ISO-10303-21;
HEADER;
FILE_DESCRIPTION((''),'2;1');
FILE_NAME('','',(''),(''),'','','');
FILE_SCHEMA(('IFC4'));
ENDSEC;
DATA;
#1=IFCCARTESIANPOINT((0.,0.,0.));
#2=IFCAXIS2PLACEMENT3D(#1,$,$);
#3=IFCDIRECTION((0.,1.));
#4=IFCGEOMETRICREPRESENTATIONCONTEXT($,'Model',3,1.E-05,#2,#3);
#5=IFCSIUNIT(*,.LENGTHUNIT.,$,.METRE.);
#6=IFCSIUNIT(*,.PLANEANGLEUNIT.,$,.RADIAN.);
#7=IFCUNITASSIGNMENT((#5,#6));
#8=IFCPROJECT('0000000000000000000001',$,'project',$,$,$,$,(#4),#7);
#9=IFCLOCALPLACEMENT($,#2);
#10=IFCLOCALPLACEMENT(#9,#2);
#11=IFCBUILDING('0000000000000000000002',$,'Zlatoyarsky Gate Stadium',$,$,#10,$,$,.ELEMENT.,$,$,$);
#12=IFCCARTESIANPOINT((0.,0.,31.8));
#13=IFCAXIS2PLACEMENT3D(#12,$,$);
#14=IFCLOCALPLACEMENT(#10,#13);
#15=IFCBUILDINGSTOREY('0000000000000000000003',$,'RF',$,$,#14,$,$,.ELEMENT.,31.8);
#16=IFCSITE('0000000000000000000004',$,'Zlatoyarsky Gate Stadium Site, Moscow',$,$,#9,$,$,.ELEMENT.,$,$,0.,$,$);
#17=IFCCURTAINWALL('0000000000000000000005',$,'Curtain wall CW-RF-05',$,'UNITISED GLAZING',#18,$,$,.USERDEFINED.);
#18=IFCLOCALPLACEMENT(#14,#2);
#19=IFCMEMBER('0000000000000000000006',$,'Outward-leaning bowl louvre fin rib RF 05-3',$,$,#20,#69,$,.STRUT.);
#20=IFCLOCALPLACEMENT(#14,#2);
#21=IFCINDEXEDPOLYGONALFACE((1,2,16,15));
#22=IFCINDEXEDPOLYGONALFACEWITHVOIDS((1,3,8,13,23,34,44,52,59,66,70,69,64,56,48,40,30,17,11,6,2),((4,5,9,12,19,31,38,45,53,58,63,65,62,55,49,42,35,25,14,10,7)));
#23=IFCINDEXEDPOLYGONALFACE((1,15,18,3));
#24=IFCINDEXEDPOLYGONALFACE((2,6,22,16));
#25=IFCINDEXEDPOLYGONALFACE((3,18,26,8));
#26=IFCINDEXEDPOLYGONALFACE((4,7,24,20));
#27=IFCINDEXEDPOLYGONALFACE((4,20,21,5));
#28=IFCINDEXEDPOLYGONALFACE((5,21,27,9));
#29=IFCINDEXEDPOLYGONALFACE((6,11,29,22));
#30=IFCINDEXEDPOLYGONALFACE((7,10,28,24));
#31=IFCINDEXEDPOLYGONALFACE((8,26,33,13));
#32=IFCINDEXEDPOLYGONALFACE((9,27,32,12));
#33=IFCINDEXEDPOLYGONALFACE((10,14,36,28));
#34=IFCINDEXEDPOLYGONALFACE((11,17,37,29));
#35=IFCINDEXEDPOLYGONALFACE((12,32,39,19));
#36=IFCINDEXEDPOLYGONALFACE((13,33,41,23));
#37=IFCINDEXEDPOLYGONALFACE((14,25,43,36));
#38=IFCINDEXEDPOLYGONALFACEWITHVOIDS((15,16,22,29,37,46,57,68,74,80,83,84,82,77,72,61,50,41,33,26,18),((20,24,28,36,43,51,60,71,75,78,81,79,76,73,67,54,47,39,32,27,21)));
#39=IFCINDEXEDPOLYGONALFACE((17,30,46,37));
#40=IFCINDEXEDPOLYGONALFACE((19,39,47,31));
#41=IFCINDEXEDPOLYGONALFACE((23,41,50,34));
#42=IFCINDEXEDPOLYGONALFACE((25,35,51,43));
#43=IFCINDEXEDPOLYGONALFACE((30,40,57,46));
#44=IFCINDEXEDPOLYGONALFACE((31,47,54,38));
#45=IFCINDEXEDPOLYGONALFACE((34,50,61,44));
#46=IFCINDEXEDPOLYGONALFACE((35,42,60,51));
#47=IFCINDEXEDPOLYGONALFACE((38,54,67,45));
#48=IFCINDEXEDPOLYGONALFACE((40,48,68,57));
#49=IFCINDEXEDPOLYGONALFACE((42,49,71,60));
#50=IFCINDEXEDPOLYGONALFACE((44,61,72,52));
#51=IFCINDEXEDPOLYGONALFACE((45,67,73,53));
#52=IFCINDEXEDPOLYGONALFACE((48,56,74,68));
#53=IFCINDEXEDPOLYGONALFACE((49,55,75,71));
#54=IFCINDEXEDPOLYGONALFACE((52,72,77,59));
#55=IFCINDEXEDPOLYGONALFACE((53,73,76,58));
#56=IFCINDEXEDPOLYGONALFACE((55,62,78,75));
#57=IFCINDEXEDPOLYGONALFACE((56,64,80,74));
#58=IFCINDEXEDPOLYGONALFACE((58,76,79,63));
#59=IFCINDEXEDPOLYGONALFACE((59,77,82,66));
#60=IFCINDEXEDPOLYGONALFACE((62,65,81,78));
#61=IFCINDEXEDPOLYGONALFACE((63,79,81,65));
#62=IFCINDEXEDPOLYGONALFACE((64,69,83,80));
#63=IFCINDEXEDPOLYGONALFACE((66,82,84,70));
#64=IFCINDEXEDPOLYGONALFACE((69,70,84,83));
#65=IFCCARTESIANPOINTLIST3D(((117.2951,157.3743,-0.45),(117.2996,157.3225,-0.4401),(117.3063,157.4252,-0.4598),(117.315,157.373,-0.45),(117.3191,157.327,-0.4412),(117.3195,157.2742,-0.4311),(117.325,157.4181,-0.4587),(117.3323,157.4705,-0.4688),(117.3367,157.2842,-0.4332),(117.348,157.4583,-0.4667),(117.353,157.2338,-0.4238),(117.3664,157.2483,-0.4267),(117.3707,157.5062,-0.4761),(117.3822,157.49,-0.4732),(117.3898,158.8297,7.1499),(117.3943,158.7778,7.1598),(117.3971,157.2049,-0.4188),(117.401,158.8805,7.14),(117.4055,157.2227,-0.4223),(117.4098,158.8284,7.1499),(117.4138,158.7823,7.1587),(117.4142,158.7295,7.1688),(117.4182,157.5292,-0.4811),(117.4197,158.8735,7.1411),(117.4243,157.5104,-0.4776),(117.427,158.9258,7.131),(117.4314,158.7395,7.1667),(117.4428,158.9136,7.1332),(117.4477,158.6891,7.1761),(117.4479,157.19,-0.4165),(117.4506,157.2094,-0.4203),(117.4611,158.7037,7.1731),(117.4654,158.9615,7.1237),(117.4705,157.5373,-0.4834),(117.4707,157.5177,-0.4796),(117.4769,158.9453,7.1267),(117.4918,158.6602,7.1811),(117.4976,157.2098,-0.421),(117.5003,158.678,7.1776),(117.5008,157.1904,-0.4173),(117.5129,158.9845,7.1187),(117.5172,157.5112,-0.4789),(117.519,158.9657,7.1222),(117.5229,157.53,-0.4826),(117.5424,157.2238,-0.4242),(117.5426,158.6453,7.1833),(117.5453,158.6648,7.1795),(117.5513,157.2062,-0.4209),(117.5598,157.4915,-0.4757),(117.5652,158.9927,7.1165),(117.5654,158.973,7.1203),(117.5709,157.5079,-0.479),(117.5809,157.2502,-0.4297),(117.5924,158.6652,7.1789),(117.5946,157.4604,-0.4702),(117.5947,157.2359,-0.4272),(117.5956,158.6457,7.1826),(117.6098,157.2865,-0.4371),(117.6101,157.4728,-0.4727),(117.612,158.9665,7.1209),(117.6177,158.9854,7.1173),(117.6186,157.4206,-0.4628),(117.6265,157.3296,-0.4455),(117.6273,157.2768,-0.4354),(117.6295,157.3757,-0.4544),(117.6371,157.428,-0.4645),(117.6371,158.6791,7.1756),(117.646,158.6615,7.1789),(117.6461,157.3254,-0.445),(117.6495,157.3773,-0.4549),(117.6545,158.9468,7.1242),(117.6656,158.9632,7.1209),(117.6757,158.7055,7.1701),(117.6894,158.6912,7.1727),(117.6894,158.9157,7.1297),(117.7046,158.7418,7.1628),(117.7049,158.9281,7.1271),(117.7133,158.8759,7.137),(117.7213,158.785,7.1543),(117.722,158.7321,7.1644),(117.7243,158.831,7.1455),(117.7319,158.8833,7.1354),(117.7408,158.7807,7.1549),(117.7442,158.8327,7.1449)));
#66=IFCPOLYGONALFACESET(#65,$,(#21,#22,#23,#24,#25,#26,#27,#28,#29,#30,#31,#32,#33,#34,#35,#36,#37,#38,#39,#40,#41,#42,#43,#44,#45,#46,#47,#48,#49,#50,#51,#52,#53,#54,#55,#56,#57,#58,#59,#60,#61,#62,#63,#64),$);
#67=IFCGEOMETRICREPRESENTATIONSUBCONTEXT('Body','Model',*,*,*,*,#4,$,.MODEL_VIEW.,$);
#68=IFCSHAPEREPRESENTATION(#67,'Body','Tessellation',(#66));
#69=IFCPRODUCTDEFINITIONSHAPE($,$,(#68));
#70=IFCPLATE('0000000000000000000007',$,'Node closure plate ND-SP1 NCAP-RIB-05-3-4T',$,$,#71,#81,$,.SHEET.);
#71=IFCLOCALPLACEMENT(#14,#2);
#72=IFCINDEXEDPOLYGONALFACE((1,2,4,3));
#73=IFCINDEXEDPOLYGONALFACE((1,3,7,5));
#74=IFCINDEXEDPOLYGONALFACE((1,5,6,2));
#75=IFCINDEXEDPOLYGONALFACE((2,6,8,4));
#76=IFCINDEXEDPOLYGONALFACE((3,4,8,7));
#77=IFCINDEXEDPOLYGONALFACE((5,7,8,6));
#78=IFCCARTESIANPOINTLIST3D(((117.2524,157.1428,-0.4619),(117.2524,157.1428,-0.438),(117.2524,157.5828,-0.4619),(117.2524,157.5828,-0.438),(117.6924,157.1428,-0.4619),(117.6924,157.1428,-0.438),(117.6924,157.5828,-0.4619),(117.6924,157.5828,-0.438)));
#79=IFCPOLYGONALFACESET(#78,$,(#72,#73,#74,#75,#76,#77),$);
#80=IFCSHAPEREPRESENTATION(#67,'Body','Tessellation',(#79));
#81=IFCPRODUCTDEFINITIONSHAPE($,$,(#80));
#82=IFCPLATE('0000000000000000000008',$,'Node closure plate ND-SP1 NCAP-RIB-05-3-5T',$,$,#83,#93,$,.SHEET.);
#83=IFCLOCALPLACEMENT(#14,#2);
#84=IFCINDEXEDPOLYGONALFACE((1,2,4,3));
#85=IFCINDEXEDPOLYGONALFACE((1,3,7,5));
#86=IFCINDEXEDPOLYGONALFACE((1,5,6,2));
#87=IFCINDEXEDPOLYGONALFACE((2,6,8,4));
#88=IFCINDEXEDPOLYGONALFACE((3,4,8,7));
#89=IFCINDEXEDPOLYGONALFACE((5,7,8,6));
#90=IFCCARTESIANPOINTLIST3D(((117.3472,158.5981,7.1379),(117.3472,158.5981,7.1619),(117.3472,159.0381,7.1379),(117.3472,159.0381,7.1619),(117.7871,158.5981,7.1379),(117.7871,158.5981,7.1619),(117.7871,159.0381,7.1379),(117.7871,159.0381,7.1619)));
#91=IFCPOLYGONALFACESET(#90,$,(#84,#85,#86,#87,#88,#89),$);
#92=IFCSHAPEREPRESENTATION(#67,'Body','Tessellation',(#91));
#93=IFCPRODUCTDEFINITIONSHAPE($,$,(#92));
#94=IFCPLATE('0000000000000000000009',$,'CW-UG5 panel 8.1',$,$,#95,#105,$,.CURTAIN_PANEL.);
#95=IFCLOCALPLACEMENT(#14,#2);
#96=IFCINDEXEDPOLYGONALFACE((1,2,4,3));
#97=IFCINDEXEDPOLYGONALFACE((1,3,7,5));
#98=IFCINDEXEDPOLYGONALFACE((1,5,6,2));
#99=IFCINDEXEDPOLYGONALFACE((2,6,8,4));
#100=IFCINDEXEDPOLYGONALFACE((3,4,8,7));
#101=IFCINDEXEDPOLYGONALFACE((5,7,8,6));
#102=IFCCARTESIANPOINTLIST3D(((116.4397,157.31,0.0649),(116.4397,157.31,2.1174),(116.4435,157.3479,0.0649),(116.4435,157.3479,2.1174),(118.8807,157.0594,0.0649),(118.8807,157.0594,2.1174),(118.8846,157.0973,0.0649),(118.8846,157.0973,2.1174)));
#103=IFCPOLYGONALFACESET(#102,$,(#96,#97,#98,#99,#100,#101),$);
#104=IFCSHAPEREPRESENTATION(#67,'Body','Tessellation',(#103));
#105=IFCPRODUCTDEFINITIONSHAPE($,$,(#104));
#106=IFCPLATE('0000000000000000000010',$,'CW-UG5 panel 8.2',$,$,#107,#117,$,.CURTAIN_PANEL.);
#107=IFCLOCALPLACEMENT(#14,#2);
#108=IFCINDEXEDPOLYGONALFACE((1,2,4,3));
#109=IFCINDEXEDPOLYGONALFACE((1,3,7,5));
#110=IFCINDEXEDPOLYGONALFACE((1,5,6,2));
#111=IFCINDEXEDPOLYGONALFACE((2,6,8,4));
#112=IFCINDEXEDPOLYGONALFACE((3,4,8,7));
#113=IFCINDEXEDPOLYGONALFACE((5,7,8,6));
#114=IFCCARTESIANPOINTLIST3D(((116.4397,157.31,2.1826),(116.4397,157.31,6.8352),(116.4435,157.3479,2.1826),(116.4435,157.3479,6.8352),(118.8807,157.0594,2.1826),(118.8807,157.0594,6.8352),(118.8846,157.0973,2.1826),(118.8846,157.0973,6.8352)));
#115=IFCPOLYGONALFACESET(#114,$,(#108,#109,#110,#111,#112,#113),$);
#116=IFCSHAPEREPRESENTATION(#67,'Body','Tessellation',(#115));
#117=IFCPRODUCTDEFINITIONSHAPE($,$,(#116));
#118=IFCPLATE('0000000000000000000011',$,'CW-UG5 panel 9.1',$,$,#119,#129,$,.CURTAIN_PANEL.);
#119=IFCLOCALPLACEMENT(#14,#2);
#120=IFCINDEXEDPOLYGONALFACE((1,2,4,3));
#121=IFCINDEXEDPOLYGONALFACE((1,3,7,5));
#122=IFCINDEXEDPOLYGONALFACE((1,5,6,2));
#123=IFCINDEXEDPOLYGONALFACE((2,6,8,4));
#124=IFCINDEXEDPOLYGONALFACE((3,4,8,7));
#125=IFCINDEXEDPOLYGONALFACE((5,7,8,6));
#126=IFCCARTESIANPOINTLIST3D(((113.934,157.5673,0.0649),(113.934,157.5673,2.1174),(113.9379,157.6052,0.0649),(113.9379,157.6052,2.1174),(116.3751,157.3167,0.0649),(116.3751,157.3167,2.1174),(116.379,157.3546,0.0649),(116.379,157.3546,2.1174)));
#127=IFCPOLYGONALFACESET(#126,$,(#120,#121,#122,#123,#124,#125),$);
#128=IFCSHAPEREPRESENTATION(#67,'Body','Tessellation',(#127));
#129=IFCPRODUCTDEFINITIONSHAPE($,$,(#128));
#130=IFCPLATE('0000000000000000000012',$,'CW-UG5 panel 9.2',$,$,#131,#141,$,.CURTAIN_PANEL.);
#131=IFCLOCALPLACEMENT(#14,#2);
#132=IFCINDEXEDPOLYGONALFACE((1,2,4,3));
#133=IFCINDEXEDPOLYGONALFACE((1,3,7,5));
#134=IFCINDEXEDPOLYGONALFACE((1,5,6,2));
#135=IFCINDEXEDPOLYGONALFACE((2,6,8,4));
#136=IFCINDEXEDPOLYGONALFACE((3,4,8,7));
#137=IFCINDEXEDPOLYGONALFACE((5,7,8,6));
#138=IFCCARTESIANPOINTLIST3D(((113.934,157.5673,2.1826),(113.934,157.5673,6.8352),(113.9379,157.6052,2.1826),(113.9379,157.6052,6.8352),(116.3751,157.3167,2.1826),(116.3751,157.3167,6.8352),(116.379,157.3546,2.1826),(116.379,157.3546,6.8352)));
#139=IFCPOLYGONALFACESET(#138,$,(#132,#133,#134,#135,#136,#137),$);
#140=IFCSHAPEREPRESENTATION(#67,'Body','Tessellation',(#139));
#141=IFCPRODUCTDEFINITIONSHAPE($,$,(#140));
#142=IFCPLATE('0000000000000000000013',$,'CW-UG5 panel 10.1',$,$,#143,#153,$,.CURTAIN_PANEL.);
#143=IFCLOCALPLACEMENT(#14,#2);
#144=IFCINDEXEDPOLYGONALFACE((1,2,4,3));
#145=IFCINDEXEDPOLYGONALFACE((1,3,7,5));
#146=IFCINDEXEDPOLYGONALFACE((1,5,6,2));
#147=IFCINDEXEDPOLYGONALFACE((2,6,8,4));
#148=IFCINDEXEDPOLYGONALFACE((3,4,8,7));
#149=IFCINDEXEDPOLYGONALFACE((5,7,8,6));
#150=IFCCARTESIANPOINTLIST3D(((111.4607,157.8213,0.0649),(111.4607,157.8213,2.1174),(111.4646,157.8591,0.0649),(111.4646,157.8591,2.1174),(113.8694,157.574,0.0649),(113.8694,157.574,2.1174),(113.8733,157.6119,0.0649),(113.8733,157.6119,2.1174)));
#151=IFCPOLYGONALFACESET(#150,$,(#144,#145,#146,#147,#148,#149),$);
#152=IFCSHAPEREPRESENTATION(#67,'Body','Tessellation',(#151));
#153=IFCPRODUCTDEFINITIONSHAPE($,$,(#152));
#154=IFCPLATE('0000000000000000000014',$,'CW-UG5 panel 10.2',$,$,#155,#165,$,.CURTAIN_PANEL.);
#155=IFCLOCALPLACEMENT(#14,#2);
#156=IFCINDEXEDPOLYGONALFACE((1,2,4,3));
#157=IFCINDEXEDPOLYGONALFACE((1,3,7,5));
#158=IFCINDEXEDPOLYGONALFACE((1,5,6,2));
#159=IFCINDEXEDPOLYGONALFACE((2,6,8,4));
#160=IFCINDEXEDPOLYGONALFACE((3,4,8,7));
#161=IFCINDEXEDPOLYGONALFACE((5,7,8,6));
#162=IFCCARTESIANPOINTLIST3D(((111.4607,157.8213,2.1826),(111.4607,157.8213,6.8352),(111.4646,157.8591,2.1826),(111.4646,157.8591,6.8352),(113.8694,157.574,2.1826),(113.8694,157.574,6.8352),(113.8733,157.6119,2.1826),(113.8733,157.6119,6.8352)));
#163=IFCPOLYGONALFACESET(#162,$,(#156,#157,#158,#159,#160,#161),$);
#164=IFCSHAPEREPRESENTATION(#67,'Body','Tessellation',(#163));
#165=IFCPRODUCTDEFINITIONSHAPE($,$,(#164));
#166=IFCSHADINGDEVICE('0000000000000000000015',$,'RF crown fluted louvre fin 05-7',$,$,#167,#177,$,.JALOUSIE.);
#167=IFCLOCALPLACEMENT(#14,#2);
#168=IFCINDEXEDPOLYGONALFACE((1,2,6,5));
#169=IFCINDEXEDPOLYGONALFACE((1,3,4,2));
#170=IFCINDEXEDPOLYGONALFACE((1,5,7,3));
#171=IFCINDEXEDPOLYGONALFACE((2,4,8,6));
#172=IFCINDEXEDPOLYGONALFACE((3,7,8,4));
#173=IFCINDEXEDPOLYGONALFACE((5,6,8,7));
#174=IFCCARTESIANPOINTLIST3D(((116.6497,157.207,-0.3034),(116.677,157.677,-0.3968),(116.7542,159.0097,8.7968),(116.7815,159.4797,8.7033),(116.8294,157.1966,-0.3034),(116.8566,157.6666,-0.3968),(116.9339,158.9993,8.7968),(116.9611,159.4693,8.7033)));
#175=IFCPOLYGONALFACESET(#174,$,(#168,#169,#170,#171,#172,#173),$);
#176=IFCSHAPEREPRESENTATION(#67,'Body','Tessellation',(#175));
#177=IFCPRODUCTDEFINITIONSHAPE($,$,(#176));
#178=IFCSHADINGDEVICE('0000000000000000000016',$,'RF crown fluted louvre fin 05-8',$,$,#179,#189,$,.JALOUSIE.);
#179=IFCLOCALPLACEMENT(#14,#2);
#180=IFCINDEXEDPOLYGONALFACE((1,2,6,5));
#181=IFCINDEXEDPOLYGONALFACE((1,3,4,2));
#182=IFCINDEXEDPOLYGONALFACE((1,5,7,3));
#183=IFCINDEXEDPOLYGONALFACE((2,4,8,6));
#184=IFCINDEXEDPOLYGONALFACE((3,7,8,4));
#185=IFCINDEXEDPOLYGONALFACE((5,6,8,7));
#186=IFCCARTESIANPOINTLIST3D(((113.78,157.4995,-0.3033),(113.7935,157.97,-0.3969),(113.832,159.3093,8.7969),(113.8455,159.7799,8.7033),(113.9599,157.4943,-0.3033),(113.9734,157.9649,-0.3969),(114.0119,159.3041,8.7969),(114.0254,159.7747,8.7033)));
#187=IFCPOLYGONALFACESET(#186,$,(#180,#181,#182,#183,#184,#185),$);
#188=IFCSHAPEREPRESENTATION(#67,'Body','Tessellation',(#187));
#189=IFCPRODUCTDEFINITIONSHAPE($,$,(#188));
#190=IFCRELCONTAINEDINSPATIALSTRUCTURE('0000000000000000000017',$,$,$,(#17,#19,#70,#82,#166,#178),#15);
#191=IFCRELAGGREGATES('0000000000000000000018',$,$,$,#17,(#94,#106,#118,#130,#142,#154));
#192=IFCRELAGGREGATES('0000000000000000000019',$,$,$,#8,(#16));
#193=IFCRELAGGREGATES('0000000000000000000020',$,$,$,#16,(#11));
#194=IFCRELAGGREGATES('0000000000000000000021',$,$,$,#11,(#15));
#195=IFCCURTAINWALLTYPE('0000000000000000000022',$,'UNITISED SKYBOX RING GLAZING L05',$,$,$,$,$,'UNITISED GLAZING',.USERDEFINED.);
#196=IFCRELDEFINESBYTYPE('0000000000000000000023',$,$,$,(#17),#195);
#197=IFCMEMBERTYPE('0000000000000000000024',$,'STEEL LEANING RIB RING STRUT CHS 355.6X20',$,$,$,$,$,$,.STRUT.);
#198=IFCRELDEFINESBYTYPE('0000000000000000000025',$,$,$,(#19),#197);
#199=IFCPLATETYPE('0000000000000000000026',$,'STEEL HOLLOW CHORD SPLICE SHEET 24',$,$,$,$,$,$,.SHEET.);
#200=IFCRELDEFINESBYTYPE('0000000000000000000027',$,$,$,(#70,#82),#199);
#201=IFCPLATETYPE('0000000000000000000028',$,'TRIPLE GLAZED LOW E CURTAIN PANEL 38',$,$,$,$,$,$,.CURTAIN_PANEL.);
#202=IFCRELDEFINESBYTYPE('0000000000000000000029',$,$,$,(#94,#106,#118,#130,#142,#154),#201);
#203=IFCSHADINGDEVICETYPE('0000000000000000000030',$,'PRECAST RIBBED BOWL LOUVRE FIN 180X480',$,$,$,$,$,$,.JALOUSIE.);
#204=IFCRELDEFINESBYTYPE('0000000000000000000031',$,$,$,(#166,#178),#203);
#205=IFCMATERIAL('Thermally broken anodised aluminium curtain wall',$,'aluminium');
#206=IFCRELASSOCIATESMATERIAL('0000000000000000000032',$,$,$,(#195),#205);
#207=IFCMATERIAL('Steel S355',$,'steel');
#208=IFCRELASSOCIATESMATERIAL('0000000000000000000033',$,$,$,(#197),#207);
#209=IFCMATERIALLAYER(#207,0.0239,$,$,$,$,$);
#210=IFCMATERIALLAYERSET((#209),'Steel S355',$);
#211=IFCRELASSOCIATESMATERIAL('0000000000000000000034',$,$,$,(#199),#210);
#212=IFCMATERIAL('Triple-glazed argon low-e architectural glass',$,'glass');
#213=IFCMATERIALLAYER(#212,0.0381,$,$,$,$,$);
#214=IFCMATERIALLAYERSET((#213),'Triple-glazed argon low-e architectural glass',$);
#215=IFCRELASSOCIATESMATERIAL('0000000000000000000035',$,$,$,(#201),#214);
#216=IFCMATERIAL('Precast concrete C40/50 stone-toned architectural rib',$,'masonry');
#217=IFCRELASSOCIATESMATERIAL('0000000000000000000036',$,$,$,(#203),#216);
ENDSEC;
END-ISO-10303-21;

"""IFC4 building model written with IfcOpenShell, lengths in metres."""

from ifc_helpers import new_model, si_unit, direction, frame, origin, origin_2d, place, context, subcontext, project, spatial, rectangle, hollow_circle, extrude, material, layer, layer_set, material_profile, profile_set, type_object, element, aggregate, save


model = new_model("IFC4")

# Units and contexts
model_context = context("Model", 3, precision=1e-05, world=origin(), true_north=direction((0.0, 1.0)))
body_context = subcontext(model_context, "Body", "Model", "MODEL_VIEW")
ifc_project = project(units=[si_unit("LENGTHUNIT", "METRE"), si_unit("PLANEANGLEUNIT", "RADIAN")], contexts=[model_context])

# Site, building, storey
site_placement = place(None, origin())
site = spatial("IfcSite", under=ifc_project, at=site_placement, Name="Zlatoyarsky Gate Stadium Site, Moscow", CompositionType="ELEMENT", RefElevation=0.0)
building_placement = place(site_placement, origin())
building = spatial("IfcBuilding", under=site, at=building_placement, Name="Zlatoyarsky Gate Stadium", CompositionType="ELEMENT")
storey_placement = place(building_placement, frame((0.0, 0.0, 31.8)))
storey = spatial("IfcBuildingStorey", under=building, at=storey_placement, Name="RF", CompositionType="ELEMENT", Elevation=31.8)

# Curtain wall
ifc_material_1 = material(Name="Thermally broken anodised aluminium curtain wall", Category="aluminium")
curtain_wall_type = type_object("IfcCurtainWallType", Name="UNITISED SKYBOX RING GLAZING L05", ElementType="UNITISED GLAZING", PredefinedType="USERDEFINED", material=ifc_material_1)
curtain_wall_placement = place(storey_placement, origin())
curtain_wall = element("IfcCurtainWall", 1, at=curtain_wall_placement, inside=storey, type_object=curtain_wall_type, Name="Curtain wall CW-RF-05", ObjectType="UNITISED GLAZING", PredefinedType="USERDEFINED")

# Member
ifc_material_2 = material(Name="Steel S355", Category="steel")
ifc_material_profile_1 = material_profile(ifc_material_2, hollow_circle(Radius=0.1777, WallThickness=0.02, at=origin_2d()), Name="CHS 355.6X20")
ifc_profile_set_1 = profile_set([ifc_material_profile_1], Name="Steel S355")
member_type_1 = type_object("IfcMemberType", Name="STEEL LEANING RIB RING STRUT CHS 355.6X20", PredefinedType="STRUT", material=ifc_profile_set_1)
member_1_placement = place(storey_placement, frame((117.4724, 157.3628, -0.45), z_axis=(0.012241, 0.188062, 0.982081), x_axis=(-0.997888, 0.064952, 0.0)))
element("IfcMember", 2, at=member_1_placement, inside=storey, type_object=member_type_1, Name="Outward-leaning bowl louvre fin rib RF 05-3", PredefinedType="STRUT", context=body_context, shape_type="SweptSolid", body=[
    extrude(hollow_circle(Radius=0.1777, WallThickness=0.02, at=origin_2d()), origin(), (0.0, 0.0, 1.0), 7.7385),
])

# Plates
ifc_layer_1 = layer(ifc_material_2, 0.0239)
ifc_layer_set_1 = layer_set([ifc_layer_1], Name="Steel S355")
plate_type_1 = type_object("IfcPlateType", Name="STEEL HOLLOW CHORD SPLICE SHEET 24", PredefinedType="SHEET", material=ifc_layer_set_1)
for number, where, z_axis, x_axis, name in (
    (3, (117.4724, 157.3628, -0.4619), (0.0, 0.0, 1.0), (1.0, 0.0, 0.0), "Node closure plate ND-SP1 NCAP-RIB-05-3-4T"),
    (4, (117.5671, 158.8181, 7.1379), (0.0, 0.0, 1.0), (1.0, 0.0, 0.0), "Node closure plate ND-SP1 NCAP-RIB-05-3-5T"),
):
    element("IfcPlate", number, at=place(storey_placement, frame(where, z_axis=z_axis, x_axis=x_axis)), inside=storey, type_object=plate_type_1, Name=name, PredefinedType="SHEET", context=body_context, shape_type="SweptSolid", body=[
        extrude(rectangle(XDim=0.4399, YDim=0.4399, at=origin_2d()), origin(), (0.0, 0.0, 1.0), 0.0239),
    ])

# Plates
ifc_material_3 = material(Name="Triple-glazed argon low-e architectural glass", Category="glass")
ifc_layer_2 = layer(ifc_material_3, 0.0381)
ifc_layer_set_2 = layer_set([ifc_layer_2], Name="Triple-glazed argon low-e architectural glass")
plate_type_2 = type_object("IfcPlateType", Name="TRIPLE GLAZED LOW E CURTAIN PANEL 38", PredefinedType="CURTAIN_PANEL", material=ifc_layer_set_2)
plate_1_placement = place(storey_placement, frame((117.6621, 157.2036, 0.0649), z_axis=(0.0, 0.0, 1.0), x_axis=(-0.994772, 0.102125, 0.0)))
plate_1 = element("IfcPlate", 5, at=plate_1_placement, type_object=plate_type_2, Name="CW-UG5 panel 8.1", PredefinedType="CURTAIN_PANEL", context=body_context, shape_type="SweptSolid", body=[
    extrude(rectangle(XDim=2.4539, YDim=0.0381, at=origin_2d()), origin(), (0.0, 0.0, 1.0), 2.0525),
])
plate_2_placement = place(storey_placement, frame((117.6621, 157.2036, 2.1826), z_axis=(0.0, 0.0, 1.0), x_axis=(-0.994772, 0.102125, 0.0)))
plate_2 = element("IfcPlate", 6, at=plate_2_placement, type_object=plate_type_2, Name="CW-UG5 panel 8.2", PredefinedType="CURTAIN_PANEL", context=body_context, shape_type="SweptSolid", body=[
    extrude(rectangle(XDim=2.4539, YDim=0.0381, at=origin_2d()), origin(), (0.0, 0.0, 1.0), 4.6526),
])
plate_3_placement = place(storey_placement, frame((115.1565, 157.4609, 0.0649), z_axis=(0.0, 0.0, 1.0), x_axis=(-0.994772, 0.102125, 0.0)))
plate_3 = element("IfcPlate", 7, at=plate_3_placement, type_object=plate_type_2, Name="CW-UG5 panel 9.1", PredefinedType="CURTAIN_PANEL", context=body_context, shape_type="SweptSolid", body=[
    extrude(rectangle(XDim=2.4539, YDim=0.0381, at=origin_2d()), origin(), (0.0, 0.0, 1.0), 2.0525),
])
plate_4_placement = place(storey_placement, frame((115.1565, 157.4609, 2.1826), z_axis=(0.0, 0.0, 1.0), x_axis=(-0.994772, 0.102125, 0.0)))
plate_4 = element("IfcPlate", 8, at=plate_4_placement, type_object=plate_type_2, Name="CW-UG5 panel 9.2", PredefinedType="CURTAIN_PANEL", context=body_context, shape_type="SweptSolid", body=[
    extrude(rectangle(XDim=2.4539, YDim=0.0381, at=origin_2d()), origin(), (0.0, 0.0, 1.0), 4.6526),
])
plate_5_placement = place(storey_placement, frame((112.667, 157.7166, 0.0649), z_axis=(0.0, 0.0, 1.0), x_axis=(-0.994772, 0.102125, 0.0)))
plate_5 = element("IfcPlate", 9, at=plate_5_placement, type_object=plate_type_2, Name="CW-UG5 panel 10.1", PredefinedType="CURTAIN_PANEL", context=body_context, shape_type="SweptSolid", body=[
    extrude(rectangle(XDim=2.4214, YDim=0.0381, at=origin_2d()), origin(), (0.0, 0.0, 1.0), 2.0525),
])
plate_6_placement = place(storey_placement, frame((112.667, 157.7166, 2.1826), z_axis=(0.0, 0.0, 1.0), x_axis=(-0.994772, 0.102125, 0.0)))
plate_6 = element("IfcPlate", 10, at=plate_6_placement, type_object=plate_type_2, Name="CW-UG5 panel 10.2", PredefinedType="CURTAIN_PANEL", context=body_context, shape_type="SweptSolid", body=[
    extrude(rectangle(XDim=2.4214, YDim=0.0381, at=origin_2d()), origin(), (0.0, 0.0, 1.0), 4.6526),
])
aggregate(curtain_wall, [plate_1, plate_2, plate_3, plate_4, plate_5, plate_6])

# Shading devices
ifc_material_4 = material(Name="Precast concrete C40/50 stone-toned architectural rib", Category="masonry")
ifc_material_profile_2 = material_profile(ifc_material_4, rectangle(XDim=0.1799, YDim=0.48, at=origin_2d()), Name="RIB 180X480")
ifc_profile_set_2 = profile_set([ifc_material_profile_2], Name="Precast concrete C40/50 stone-toned architectural rib")
shading_device_type = type_object("IfcShadingDeviceType", Name="PRECAST RIBBED BOWL LOUVRE FIN 180X480", PredefinedType="JALOUSIE", material=ifc_profile_set_2)
shading_device_1_placement = place(storey_placement, frame((116.7532, 157.4368, -0.3501), z_axis=(0.011263, 0.194312, 0.980875), x_axis=(-0.998324, 0.057866, 0.0)))
element("IfcShadingDevice", 11, at=shading_device_1_placement, inside=storey, type_object=shading_device_type, Name="RF crown fluted louvre fin 05-7", PredefinedType="JALOUSIE", context=body_context, shape_type="SweptSolid", body=[
    extrude(rectangle(XDim=0.1799, YDim=0.48, at=origin_2d()), origin(), (0.0, 0.0, 1.0), 9.2776),
])
shading_device_2_placement = place(storey_placement, frame((113.8767, 157.7322, -0.3501), z_axis=(0.005605, 0.195055, 0.980776), x_axis=(-0.999587, 0.028721, 0.0)))
element("IfcShadingDevice", 12, at=shading_device_2_placement, inside=storey, type_object=shading_device_type, Name="RF crown fluted louvre fin 05-8", PredefinedType="JALOUSIE", context=body_context, shape_type="SweptSolid", body=[
    extrude(rectangle(XDim=0.1799, YDim=0.48, at=origin_2d()), origin(), (0.0, 0.0, 1.0), 9.2786),
])

save(model, "model.ifc")
